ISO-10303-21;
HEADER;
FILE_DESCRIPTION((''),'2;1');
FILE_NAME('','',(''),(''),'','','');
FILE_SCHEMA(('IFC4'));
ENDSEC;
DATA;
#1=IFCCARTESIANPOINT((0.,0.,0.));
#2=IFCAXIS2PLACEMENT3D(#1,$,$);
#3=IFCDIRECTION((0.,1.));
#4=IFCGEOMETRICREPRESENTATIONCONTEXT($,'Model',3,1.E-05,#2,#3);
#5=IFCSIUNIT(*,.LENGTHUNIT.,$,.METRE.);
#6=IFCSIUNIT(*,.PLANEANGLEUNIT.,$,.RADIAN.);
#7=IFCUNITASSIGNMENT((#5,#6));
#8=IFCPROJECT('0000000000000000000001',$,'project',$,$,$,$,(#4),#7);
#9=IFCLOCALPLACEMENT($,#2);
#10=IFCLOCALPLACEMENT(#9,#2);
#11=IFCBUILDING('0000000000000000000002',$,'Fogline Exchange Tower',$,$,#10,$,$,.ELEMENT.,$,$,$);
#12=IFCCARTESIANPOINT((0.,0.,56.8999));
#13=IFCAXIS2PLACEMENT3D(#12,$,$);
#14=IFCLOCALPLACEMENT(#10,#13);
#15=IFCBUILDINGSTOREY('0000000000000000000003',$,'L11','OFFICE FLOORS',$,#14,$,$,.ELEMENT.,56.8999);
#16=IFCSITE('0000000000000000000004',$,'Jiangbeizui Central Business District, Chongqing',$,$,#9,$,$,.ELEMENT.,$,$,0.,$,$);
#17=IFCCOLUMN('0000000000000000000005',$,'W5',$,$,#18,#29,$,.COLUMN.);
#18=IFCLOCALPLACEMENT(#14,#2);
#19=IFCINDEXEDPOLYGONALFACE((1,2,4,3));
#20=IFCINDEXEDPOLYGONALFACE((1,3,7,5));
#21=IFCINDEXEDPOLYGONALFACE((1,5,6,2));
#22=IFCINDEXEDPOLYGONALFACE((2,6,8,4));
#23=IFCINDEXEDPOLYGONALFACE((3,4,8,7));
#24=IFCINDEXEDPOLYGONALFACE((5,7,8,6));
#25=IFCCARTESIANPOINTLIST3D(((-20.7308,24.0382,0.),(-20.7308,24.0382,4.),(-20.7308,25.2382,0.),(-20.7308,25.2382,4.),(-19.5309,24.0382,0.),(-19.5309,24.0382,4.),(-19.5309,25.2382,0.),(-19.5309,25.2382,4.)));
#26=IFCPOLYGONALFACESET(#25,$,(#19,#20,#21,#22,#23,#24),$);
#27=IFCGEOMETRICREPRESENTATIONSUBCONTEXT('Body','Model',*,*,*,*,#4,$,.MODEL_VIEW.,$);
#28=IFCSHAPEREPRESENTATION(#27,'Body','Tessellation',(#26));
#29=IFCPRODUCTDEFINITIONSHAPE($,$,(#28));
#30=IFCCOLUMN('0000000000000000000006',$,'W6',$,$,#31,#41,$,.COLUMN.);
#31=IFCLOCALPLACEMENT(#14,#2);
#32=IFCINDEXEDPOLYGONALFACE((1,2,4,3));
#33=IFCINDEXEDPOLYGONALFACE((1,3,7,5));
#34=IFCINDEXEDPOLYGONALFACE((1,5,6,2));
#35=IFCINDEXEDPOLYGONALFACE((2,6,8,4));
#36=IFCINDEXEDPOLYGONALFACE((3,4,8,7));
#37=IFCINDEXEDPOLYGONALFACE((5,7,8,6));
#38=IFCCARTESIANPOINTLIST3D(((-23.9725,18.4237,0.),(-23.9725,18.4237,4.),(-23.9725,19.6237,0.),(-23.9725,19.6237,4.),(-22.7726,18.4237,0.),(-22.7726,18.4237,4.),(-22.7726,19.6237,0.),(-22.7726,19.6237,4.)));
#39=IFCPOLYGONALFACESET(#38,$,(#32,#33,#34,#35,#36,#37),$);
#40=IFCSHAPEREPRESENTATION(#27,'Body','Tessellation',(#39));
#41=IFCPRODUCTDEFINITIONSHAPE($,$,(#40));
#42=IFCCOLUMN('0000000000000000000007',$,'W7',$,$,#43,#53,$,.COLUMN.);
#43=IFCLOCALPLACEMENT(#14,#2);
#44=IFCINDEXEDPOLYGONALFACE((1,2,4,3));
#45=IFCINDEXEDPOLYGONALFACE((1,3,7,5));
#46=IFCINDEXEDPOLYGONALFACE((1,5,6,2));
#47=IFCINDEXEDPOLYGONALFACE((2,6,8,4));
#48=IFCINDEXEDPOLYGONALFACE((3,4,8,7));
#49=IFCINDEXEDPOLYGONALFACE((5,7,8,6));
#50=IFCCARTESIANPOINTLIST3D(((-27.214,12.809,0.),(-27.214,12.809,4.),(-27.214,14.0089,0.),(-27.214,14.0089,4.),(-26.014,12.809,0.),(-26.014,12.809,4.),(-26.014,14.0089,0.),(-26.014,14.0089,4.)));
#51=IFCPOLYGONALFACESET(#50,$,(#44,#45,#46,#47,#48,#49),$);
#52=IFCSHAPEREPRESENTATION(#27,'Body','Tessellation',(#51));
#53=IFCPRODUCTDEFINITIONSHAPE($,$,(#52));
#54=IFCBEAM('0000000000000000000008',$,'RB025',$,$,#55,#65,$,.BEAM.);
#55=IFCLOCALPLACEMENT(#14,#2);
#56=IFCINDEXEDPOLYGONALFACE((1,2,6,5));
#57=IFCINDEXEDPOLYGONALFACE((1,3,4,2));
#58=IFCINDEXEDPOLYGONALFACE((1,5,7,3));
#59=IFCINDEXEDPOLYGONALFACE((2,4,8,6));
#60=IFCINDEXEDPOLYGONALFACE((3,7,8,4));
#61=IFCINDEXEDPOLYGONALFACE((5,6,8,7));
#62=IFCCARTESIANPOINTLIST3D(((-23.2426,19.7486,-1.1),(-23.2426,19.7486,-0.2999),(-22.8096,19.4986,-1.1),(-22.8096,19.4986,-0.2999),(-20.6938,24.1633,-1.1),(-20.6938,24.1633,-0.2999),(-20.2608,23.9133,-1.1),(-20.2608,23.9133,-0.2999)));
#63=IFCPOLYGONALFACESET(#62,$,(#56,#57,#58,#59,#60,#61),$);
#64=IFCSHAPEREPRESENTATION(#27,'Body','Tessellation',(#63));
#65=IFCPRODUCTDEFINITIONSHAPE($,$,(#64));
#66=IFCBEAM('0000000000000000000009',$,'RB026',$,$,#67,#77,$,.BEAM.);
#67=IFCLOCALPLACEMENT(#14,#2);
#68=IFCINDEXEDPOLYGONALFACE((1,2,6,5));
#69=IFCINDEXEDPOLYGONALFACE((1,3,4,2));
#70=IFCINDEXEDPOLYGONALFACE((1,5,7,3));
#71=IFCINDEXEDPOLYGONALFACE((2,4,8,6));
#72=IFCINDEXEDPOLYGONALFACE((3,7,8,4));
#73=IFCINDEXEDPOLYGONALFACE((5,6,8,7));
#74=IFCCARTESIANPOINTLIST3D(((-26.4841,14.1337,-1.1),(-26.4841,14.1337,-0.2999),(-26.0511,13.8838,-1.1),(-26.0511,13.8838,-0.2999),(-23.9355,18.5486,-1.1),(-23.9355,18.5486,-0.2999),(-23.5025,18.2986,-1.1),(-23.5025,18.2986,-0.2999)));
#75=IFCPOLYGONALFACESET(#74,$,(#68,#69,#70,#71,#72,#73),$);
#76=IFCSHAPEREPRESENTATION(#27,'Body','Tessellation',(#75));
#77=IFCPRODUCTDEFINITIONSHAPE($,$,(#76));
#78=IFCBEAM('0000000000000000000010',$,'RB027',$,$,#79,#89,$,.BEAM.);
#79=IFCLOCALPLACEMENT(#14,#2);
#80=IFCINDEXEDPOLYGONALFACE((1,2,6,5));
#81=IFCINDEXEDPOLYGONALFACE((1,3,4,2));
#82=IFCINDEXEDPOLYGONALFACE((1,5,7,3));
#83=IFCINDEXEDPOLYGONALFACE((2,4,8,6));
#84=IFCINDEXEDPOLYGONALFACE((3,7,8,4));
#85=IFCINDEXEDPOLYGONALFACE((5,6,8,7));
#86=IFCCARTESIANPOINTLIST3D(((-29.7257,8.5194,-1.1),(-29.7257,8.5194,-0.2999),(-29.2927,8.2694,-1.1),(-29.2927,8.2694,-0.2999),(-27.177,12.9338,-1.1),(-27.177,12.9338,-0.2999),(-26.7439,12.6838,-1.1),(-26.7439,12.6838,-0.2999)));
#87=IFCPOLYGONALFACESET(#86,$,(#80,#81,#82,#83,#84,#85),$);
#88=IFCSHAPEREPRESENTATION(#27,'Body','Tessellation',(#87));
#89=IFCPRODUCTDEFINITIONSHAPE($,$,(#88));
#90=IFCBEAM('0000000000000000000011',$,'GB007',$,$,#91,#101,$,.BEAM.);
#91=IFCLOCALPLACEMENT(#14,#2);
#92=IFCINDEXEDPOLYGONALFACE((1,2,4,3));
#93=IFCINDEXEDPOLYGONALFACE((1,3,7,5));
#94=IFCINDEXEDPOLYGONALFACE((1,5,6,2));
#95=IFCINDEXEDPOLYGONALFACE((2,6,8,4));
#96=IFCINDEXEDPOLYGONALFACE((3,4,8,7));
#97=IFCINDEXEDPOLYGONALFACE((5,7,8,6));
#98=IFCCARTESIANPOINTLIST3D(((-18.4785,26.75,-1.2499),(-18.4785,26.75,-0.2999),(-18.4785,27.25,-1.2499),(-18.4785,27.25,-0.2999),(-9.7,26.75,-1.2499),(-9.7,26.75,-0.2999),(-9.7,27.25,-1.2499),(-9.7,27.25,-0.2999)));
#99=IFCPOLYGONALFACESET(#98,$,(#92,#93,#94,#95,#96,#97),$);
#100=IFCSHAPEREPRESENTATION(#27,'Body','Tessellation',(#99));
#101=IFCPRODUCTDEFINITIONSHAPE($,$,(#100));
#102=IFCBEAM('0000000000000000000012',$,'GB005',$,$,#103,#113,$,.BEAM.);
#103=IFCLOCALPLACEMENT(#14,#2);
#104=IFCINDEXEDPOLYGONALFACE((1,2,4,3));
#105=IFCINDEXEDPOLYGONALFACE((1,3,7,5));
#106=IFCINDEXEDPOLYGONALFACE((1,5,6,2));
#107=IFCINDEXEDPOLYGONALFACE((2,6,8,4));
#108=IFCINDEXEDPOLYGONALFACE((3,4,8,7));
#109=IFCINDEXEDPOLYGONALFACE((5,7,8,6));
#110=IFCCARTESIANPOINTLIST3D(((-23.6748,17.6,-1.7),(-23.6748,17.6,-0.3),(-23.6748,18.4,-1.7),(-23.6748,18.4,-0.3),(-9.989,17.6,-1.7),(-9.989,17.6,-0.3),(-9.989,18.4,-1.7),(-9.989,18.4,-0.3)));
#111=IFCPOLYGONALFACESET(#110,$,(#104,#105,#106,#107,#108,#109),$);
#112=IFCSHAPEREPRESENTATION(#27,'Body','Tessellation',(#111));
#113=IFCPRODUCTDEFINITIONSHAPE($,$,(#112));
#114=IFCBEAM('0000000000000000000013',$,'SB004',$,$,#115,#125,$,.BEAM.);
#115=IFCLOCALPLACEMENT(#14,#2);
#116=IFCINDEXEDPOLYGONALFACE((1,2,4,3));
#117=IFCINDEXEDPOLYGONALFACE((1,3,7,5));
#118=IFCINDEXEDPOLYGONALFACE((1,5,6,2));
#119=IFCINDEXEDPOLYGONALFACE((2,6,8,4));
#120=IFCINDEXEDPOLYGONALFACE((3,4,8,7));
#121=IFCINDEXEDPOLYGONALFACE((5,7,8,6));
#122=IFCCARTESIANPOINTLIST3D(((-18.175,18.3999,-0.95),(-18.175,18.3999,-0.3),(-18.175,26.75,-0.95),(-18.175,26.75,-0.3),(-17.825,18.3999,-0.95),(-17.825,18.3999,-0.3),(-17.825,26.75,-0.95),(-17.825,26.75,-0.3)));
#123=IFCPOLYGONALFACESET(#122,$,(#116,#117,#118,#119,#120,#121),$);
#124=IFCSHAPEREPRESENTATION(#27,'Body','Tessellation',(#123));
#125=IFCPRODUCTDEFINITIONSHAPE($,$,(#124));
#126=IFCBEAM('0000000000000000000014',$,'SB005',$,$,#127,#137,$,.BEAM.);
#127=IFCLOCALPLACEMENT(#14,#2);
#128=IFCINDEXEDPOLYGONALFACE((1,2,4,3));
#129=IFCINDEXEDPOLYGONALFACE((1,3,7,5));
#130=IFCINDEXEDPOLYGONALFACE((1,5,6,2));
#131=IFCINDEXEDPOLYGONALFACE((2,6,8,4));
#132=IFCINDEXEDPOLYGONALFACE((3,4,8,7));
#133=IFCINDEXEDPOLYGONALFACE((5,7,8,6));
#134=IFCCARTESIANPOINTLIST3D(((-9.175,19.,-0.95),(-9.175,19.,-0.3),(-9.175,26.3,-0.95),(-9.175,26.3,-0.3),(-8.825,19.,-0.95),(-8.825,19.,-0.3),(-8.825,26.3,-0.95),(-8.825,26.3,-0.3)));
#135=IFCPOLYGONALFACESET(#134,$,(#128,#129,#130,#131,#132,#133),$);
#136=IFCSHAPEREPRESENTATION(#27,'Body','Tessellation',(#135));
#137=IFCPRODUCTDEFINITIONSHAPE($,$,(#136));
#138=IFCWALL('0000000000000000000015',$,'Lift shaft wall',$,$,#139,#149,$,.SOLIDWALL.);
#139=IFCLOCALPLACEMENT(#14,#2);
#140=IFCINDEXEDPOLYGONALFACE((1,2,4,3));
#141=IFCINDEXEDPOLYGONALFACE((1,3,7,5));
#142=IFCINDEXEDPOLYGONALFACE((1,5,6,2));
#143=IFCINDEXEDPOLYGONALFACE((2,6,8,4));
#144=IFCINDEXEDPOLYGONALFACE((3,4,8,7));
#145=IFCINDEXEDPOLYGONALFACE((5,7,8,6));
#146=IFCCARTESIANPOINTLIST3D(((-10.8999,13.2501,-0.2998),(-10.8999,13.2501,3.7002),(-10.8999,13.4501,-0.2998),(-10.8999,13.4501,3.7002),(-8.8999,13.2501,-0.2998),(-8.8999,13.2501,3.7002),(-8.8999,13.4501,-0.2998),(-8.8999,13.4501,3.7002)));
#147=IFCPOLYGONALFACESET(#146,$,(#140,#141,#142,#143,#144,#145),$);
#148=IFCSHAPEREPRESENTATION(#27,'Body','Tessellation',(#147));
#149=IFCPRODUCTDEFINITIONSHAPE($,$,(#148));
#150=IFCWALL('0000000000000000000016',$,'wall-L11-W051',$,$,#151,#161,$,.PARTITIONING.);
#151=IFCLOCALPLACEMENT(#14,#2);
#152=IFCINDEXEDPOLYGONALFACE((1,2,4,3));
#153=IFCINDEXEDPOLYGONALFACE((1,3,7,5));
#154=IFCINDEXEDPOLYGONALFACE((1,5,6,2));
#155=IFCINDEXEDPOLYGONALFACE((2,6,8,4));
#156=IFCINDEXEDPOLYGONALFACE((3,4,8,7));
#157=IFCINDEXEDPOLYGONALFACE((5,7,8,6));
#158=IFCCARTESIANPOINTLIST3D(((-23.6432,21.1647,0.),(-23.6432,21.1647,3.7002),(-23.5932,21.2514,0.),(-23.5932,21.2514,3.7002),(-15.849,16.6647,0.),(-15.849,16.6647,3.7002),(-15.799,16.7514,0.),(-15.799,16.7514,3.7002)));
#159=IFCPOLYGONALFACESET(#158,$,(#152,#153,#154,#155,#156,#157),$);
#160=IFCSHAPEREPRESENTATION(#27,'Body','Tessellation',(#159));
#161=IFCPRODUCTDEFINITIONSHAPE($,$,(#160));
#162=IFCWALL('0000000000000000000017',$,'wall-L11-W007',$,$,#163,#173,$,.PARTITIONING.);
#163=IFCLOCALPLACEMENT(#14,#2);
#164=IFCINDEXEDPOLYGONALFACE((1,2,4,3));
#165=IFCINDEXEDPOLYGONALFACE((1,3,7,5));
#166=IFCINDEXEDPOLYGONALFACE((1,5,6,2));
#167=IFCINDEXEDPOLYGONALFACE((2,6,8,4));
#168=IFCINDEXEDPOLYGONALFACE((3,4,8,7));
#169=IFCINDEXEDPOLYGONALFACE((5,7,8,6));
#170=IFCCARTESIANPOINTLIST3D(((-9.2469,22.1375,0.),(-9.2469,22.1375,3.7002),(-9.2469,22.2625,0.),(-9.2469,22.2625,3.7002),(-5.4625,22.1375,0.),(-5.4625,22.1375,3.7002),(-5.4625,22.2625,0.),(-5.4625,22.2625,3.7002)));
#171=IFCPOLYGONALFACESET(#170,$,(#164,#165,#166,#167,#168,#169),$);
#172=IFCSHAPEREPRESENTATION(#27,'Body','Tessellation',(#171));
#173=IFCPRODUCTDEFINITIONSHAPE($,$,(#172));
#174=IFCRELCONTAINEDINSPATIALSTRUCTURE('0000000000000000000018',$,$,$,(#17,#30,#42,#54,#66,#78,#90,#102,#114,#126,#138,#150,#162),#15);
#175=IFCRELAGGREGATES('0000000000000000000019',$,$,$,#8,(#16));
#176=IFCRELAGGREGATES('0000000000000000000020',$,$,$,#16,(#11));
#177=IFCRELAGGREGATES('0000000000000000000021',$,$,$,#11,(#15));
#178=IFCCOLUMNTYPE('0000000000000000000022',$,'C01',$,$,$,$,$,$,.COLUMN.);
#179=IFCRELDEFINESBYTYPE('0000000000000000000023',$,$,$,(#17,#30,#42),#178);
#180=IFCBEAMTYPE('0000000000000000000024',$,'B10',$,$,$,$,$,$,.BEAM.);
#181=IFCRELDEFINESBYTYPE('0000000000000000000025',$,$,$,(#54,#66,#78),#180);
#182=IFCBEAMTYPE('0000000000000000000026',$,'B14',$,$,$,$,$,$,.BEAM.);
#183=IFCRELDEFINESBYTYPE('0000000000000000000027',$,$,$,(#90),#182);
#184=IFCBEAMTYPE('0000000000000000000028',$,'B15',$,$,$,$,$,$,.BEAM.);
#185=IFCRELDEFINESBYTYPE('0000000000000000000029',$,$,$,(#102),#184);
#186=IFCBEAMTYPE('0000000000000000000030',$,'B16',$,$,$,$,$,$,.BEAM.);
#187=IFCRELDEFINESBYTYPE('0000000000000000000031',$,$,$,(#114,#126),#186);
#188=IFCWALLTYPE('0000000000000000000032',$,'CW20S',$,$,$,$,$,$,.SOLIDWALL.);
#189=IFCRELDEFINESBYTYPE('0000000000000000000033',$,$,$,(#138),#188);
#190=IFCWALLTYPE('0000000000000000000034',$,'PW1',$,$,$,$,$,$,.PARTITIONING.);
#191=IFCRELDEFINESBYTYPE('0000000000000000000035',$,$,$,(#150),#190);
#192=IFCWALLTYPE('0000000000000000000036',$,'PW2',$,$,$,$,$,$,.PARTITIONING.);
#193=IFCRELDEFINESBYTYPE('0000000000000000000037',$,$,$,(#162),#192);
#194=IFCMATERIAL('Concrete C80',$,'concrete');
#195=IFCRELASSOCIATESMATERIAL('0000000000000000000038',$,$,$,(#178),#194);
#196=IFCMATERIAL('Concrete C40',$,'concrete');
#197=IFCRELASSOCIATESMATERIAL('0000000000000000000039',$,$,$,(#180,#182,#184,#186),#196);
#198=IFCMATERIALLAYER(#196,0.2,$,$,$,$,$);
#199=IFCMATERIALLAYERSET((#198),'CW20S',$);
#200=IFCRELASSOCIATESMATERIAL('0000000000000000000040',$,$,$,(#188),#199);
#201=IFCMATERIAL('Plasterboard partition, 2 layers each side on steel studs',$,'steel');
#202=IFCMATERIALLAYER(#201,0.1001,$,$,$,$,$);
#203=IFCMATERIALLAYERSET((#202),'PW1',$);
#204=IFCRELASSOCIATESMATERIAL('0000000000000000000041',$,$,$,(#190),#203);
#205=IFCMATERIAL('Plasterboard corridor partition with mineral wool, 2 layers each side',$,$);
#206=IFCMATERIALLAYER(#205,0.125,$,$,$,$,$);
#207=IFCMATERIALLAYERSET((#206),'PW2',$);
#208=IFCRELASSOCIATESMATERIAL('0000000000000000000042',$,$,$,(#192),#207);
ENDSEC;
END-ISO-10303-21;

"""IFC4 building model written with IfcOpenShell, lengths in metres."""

from ifc_helpers import new_model, si_unit, direction, frame, frame_2d, origin, origin_2d, place, context, subcontext, project, spatial, rectangle, extrude, material, layer, layer_set, material_profile, profile_set, type_object, element, save


model = new_model("IFC4")

# Units and contexts
model_context = context("Model", 3, precision=1e-05, world=origin(), true_north=direction((0.0, 1.0)))
body_context = subcontext(model_context, "Body", "Model", "MODEL_VIEW")
ifc_project = project(units=[si_unit("LENGTHUNIT", "METRE"), si_unit("PLANEANGLEUNIT", "RADIAN")], contexts=[model_context])

# Site, building, storey
site_placement = place(None, origin())
site = spatial("IfcSite", under=ifc_project, at=site_placement, Name="Jiangbeizui Central Business District, Chongqing", CompositionType="ELEMENT", RefElevation=0.0)
building_placement = place(site_placement, origin())
building = spatial("IfcBuilding", under=site, at=building_placement, Name="Fogline Exchange Tower", CompositionType="ELEMENT")
storey_placement = place(building_placement, frame((0.0, 0.0, 56.8999)))
storey = spatial("IfcBuildingStorey", under=building, at=storey_placement, Name="L11", Description="OFFICE FLOORS", CompositionType="ELEMENT", Elevation=56.8999)

# Columns
ifc_material_1 = material(Name="Concrete C80", Category="concrete")
ifc_material_profile_1 = material_profile(ifc_material_1, rectangle(XDim=1.2, YDim=1.2, at=origin_2d()), Name="RC 1200x1200")
ifc_profile_set_1 = profile_set([ifc_material_profile_1], Name="Concrete C80")
column_type = type_object("IfcColumnType", Name="C01", PredefinedType="COLUMN", material=ifc_profile_set_1)
for number, where, z_axis, x_axis, name in (
    (1, (-20.1309, 24.6382, 0.0), (0.0, 0.0, 1.0), (1.0, 0.0, 0.0), "W5"),
    (2, (-23.3726, 19.0237, 0.0), (0.0, 0.0, 1.0), (1.0, 0.0, 0.0), "W6"),
    (3, (-26.614, 13.4089, 0.0), (0.0, 0.0, 1.0), (1.0, 0.0, 0.0), "W7"),
):
    element("IfcColumn", number, at=place(storey_placement, frame(where, z_axis=z_axis, x_axis=x_axis)), inside=storey, type_object=column_type, Name=name, PredefinedType="COLUMN", context=body_context, shape_type="SweptSolid", body=[
        extrude(rectangle(XDim=1.2, YDim=1.2, at=origin_2d()), origin(), (0.0, 0.0, 1.0), 4.0),
    ])

# Beams
ifc_material_2 = material(Name="Concrete C40", Category="concrete")
ifc_material_profile_2 = material_profile(ifc_material_2, rectangle(XDim=0.5, YDim=0.8, at=origin_2d()), Name="RC 500x800")
ifc_profile_set_2 = profile_set([ifc_material_profile_2], Name="Concrete C40")
beam_type_1 = type_object("IfcBeamType", Name="B10", PredefinedType="BEAM", material=ifc_profile_set_2)
for number, where, z_axis, x_axis, name in (
    (4, (-20.4773, 24.0383, -0.7), (-0.499992, -0.86603, 0.0), (0.86603, -0.499992, 0.0), "RB025"),
    (5, (-23.719, 18.4236, -0.7), (-0.499956, -0.866051, 0.0), (0.866051, -0.499956, 0.0), "RB026"),
):
    element("IfcBeam", number, at=place(storey_placement, frame(where, z_axis=z_axis, x_axis=x_axis)), inside=storey, type_object=beam_type_1, Name=name, PredefinedType="BEAM", context=body_context, shape_type="SweptSolid", body=[
        extrude(rectangle(XDim=0.5, YDim=0.8, at=origin_2d()), origin(), (0.0, 0.0, 1.0), 5.0977),
    ])
beam_1_placement = place(storey_placement, frame((-26.9604, 12.8088, -0.7), z_axis=(-0.500013, -0.866018, 0.0), x_axis=(0.866018, -0.500013, 0.0)))
element("IfcBeam", 6, at=beam_1_placement, inside=storey, type_object=beam_type_1, Name="RB027", PredefinedType="BEAM", context=body_context, shape_type="SweptSolid", body=[
    extrude(rectangle(XDim=0.5, YDim=0.8, at=origin_2d()), origin(), (0.0, 0.0, 1.0), 5.0974),
])
ifc_material_profile_3 = material_profile(ifc_material_2, rectangle(XDim=0.5, YDim=0.95, at=origin_2d()), Name="RC 500x950")
ifc_profile_set_3 = profile_set([ifc_material_profile_3], Name="Concrete C40")
beam_type_2 = type_object("IfcBeamType", Name="B14", PredefinedType="BEAM", material=ifc_profile_set_3)
beam_2_placement = place(storey_placement, frame((-18.4785, 27.0, -0.7749), z_axis=(1.0, 0.0, 0.0), x_axis=(0.0, 1.0, 0.0)))
element("IfcBeam", 7, at=beam_2_placement, inside=storey, type_object=beam_type_2, Name="GB007", PredefinedType="BEAM", context=body_context, shape_type="SweptSolid", body=[
    extrude(rectangle(XDim=0.5, YDim=0.95, at=origin_2d()), origin(), (0.0, 0.0, 1.0), 8.7786),
])
ifc_material_profile_4 = material_profile(ifc_material_2, rectangle(XDim=0.8, YDim=1.3999, at=origin_2d()), Name="RC 800x1400")
ifc_profile_set_4 = profile_set([ifc_material_profile_4], Name="Concrete C40")
beam_type_3 = type_object("IfcBeamType", Name="B15", PredefinedType="BEAM", material=ifc_profile_set_4)
beam_3_placement = place(storey_placement, frame((-23.6748, 18.0, -1.0), z_axis=(1.0, 0.0, 0.0), x_axis=(0.0, 1.0, 0.0)))
element("IfcBeam", 8, at=beam_3_placement, inside=storey, type_object=beam_type_3, Name="GB005", PredefinedType="BEAM", context=body_context, shape_type="SweptSolid", body=[
    extrude(rectangle(XDim=0.8, YDim=1.3999, at=origin_2d()), origin(), (0.0, 0.0, 1.0), 13.6858),
])
ifc_material_profile_5 = material_profile(ifc_material_2, rectangle(XDim=0.3501, YDim=0.6499, at=origin_2d()), Name="RC 350x650")
ifc_profile_set_5 = profile_set([ifc_material_profile_5], Name="Concrete C40")
beam_type_4 = type_object("IfcBeamType", Name="B16", PredefinedType="BEAM", material=ifc_profile_set_5)
beam_4_placement = place(storey_placement, frame((-18.0, 18.3999, -0.625), z_axis=(0.0, 1.0, 0.0), x_axis=(-1.0, 0.0, 0.0)))
element("IfcBeam", 9, at=beam_4_placement, inside=storey, type_object=beam_type_4, Name="SB004", PredefinedType="BEAM", context=body_context, shape_type="SweptSolid", body=[
    extrude(rectangle(XDim=0.3501, YDim=0.6499, at=origin_2d()), origin(), (0.0, 0.0, 1.0), 8.3501),
])
beam_5_placement = place(storey_placement, frame((-9.0, 19.0, -0.625), z_axis=(0.0, 1.0, 0.0), x_axis=(-1.0, 0.0, 0.0)))
element("IfcBeam", 10, at=beam_5_placement, inside=storey, type_object=beam_type_4, Name="SB005", PredefinedType="BEAM", context=body_context, shape_type="SweptSolid", body=[
    extrude(rectangle(XDim=0.3501, YDim=0.6499, at=origin_2d()), origin(), (0.0, 0.0, 1.0), 7.3),
])

# Walls
ifc_layer_1 = layer(ifc_material_2, 0.2)
ifc_layer_set_1 = layer_set([ifc_layer_1], Name="CW20S")
wall_type_1 = type_object("IfcWallType", Name="CW20S", PredefinedType="SOLIDWALL", material=ifc_layer_set_1)
wall_1_placement = place(storey_placement, frame((-10.8999, 13.3501, -0.2998), z_axis=(0.0, 0.0, 1.0), x_axis=(1.0, 0.0, 0.0)))
element("IfcWall", 11, at=wall_1_placement, inside=storey, type_object=wall_type_1, Name="Lift shaft wall", PredefinedType="SOLIDWALL", context=body_context, shape_type="SweptSolid", body=[
    extrude(rectangle(XDim=2.0, YDim=0.2, at=frame_2d((1.0, 0.0))), origin(), (0.0, 0.0, 1.0), 4.0),
])
ifc_material_3 = material(Name="Plasterboard partition, 2 layers each side on steel studs", Category="steel")
ifc_layer_2 = layer(ifc_material_3, 0.1001)
ifc_layer_set_2 = layer_set([ifc_layer_2], Name="PW1")
wall_type_2 = type_object("IfcWallType", Name="PW1", PredefinedType="PARTITIONING", material=ifc_layer_set_2)
wall_2_placement = place(storey_placement, frame((-15.824, 16.708, 0.0), z_axis=(0.0, 0.0, 1.0), x_axis=(-0.866024, 0.500002, 0.0)))
element("IfcWall", 12, at=wall_2_placement, inside=storey, type_object=wall_type_2, Name="wall-L11-W051", PredefinedType="PARTITIONING", context=body_context, shape_type="SweptSolid", body=[
    extrude(rectangle(XDim=9.0, YDim=0.1001, at=frame_2d((4.5, 0.0))), origin(), (0.0, 0.0, 1.0), 3.7002),
])
ifc_material_4 = material(Name="Plasterboard corridor partition with mineral wool, 2 layers each side")
ifc_layer_3 = layer(ifc_material_4, 0.125)
ifc_layer_set_3 = layer_set([ifc_layer_3], Name="PW2")
wall_type_3 = type_object("IfcWallType", Name="PW2", PredefinedType="PARTITIONING", material=ifc_layer_set_3)
wall_3_placement = place(storey_placement, frame((-9.2468, 22.2, 0.0), z_axis=(0.0, 0.0, 1.0), x_axis=(1.0, 0.0, 0.0)))
element("IfcWall", 13, at=wall_3_placement, inside=storey, type_object=wall_type_3, Name="wall-L11-W007", PredefinedType="PARTITIONING", context=body_context, shape_type="SweptSolid", body=[
    extrude(rectangle(XDim=3.7844, YDim=0.125, at=frame_2d((1.8921, 0.0))), origin(), (0.0, 0.0, 1.0), 3.7002),
])

save(model, "model.ifc")
